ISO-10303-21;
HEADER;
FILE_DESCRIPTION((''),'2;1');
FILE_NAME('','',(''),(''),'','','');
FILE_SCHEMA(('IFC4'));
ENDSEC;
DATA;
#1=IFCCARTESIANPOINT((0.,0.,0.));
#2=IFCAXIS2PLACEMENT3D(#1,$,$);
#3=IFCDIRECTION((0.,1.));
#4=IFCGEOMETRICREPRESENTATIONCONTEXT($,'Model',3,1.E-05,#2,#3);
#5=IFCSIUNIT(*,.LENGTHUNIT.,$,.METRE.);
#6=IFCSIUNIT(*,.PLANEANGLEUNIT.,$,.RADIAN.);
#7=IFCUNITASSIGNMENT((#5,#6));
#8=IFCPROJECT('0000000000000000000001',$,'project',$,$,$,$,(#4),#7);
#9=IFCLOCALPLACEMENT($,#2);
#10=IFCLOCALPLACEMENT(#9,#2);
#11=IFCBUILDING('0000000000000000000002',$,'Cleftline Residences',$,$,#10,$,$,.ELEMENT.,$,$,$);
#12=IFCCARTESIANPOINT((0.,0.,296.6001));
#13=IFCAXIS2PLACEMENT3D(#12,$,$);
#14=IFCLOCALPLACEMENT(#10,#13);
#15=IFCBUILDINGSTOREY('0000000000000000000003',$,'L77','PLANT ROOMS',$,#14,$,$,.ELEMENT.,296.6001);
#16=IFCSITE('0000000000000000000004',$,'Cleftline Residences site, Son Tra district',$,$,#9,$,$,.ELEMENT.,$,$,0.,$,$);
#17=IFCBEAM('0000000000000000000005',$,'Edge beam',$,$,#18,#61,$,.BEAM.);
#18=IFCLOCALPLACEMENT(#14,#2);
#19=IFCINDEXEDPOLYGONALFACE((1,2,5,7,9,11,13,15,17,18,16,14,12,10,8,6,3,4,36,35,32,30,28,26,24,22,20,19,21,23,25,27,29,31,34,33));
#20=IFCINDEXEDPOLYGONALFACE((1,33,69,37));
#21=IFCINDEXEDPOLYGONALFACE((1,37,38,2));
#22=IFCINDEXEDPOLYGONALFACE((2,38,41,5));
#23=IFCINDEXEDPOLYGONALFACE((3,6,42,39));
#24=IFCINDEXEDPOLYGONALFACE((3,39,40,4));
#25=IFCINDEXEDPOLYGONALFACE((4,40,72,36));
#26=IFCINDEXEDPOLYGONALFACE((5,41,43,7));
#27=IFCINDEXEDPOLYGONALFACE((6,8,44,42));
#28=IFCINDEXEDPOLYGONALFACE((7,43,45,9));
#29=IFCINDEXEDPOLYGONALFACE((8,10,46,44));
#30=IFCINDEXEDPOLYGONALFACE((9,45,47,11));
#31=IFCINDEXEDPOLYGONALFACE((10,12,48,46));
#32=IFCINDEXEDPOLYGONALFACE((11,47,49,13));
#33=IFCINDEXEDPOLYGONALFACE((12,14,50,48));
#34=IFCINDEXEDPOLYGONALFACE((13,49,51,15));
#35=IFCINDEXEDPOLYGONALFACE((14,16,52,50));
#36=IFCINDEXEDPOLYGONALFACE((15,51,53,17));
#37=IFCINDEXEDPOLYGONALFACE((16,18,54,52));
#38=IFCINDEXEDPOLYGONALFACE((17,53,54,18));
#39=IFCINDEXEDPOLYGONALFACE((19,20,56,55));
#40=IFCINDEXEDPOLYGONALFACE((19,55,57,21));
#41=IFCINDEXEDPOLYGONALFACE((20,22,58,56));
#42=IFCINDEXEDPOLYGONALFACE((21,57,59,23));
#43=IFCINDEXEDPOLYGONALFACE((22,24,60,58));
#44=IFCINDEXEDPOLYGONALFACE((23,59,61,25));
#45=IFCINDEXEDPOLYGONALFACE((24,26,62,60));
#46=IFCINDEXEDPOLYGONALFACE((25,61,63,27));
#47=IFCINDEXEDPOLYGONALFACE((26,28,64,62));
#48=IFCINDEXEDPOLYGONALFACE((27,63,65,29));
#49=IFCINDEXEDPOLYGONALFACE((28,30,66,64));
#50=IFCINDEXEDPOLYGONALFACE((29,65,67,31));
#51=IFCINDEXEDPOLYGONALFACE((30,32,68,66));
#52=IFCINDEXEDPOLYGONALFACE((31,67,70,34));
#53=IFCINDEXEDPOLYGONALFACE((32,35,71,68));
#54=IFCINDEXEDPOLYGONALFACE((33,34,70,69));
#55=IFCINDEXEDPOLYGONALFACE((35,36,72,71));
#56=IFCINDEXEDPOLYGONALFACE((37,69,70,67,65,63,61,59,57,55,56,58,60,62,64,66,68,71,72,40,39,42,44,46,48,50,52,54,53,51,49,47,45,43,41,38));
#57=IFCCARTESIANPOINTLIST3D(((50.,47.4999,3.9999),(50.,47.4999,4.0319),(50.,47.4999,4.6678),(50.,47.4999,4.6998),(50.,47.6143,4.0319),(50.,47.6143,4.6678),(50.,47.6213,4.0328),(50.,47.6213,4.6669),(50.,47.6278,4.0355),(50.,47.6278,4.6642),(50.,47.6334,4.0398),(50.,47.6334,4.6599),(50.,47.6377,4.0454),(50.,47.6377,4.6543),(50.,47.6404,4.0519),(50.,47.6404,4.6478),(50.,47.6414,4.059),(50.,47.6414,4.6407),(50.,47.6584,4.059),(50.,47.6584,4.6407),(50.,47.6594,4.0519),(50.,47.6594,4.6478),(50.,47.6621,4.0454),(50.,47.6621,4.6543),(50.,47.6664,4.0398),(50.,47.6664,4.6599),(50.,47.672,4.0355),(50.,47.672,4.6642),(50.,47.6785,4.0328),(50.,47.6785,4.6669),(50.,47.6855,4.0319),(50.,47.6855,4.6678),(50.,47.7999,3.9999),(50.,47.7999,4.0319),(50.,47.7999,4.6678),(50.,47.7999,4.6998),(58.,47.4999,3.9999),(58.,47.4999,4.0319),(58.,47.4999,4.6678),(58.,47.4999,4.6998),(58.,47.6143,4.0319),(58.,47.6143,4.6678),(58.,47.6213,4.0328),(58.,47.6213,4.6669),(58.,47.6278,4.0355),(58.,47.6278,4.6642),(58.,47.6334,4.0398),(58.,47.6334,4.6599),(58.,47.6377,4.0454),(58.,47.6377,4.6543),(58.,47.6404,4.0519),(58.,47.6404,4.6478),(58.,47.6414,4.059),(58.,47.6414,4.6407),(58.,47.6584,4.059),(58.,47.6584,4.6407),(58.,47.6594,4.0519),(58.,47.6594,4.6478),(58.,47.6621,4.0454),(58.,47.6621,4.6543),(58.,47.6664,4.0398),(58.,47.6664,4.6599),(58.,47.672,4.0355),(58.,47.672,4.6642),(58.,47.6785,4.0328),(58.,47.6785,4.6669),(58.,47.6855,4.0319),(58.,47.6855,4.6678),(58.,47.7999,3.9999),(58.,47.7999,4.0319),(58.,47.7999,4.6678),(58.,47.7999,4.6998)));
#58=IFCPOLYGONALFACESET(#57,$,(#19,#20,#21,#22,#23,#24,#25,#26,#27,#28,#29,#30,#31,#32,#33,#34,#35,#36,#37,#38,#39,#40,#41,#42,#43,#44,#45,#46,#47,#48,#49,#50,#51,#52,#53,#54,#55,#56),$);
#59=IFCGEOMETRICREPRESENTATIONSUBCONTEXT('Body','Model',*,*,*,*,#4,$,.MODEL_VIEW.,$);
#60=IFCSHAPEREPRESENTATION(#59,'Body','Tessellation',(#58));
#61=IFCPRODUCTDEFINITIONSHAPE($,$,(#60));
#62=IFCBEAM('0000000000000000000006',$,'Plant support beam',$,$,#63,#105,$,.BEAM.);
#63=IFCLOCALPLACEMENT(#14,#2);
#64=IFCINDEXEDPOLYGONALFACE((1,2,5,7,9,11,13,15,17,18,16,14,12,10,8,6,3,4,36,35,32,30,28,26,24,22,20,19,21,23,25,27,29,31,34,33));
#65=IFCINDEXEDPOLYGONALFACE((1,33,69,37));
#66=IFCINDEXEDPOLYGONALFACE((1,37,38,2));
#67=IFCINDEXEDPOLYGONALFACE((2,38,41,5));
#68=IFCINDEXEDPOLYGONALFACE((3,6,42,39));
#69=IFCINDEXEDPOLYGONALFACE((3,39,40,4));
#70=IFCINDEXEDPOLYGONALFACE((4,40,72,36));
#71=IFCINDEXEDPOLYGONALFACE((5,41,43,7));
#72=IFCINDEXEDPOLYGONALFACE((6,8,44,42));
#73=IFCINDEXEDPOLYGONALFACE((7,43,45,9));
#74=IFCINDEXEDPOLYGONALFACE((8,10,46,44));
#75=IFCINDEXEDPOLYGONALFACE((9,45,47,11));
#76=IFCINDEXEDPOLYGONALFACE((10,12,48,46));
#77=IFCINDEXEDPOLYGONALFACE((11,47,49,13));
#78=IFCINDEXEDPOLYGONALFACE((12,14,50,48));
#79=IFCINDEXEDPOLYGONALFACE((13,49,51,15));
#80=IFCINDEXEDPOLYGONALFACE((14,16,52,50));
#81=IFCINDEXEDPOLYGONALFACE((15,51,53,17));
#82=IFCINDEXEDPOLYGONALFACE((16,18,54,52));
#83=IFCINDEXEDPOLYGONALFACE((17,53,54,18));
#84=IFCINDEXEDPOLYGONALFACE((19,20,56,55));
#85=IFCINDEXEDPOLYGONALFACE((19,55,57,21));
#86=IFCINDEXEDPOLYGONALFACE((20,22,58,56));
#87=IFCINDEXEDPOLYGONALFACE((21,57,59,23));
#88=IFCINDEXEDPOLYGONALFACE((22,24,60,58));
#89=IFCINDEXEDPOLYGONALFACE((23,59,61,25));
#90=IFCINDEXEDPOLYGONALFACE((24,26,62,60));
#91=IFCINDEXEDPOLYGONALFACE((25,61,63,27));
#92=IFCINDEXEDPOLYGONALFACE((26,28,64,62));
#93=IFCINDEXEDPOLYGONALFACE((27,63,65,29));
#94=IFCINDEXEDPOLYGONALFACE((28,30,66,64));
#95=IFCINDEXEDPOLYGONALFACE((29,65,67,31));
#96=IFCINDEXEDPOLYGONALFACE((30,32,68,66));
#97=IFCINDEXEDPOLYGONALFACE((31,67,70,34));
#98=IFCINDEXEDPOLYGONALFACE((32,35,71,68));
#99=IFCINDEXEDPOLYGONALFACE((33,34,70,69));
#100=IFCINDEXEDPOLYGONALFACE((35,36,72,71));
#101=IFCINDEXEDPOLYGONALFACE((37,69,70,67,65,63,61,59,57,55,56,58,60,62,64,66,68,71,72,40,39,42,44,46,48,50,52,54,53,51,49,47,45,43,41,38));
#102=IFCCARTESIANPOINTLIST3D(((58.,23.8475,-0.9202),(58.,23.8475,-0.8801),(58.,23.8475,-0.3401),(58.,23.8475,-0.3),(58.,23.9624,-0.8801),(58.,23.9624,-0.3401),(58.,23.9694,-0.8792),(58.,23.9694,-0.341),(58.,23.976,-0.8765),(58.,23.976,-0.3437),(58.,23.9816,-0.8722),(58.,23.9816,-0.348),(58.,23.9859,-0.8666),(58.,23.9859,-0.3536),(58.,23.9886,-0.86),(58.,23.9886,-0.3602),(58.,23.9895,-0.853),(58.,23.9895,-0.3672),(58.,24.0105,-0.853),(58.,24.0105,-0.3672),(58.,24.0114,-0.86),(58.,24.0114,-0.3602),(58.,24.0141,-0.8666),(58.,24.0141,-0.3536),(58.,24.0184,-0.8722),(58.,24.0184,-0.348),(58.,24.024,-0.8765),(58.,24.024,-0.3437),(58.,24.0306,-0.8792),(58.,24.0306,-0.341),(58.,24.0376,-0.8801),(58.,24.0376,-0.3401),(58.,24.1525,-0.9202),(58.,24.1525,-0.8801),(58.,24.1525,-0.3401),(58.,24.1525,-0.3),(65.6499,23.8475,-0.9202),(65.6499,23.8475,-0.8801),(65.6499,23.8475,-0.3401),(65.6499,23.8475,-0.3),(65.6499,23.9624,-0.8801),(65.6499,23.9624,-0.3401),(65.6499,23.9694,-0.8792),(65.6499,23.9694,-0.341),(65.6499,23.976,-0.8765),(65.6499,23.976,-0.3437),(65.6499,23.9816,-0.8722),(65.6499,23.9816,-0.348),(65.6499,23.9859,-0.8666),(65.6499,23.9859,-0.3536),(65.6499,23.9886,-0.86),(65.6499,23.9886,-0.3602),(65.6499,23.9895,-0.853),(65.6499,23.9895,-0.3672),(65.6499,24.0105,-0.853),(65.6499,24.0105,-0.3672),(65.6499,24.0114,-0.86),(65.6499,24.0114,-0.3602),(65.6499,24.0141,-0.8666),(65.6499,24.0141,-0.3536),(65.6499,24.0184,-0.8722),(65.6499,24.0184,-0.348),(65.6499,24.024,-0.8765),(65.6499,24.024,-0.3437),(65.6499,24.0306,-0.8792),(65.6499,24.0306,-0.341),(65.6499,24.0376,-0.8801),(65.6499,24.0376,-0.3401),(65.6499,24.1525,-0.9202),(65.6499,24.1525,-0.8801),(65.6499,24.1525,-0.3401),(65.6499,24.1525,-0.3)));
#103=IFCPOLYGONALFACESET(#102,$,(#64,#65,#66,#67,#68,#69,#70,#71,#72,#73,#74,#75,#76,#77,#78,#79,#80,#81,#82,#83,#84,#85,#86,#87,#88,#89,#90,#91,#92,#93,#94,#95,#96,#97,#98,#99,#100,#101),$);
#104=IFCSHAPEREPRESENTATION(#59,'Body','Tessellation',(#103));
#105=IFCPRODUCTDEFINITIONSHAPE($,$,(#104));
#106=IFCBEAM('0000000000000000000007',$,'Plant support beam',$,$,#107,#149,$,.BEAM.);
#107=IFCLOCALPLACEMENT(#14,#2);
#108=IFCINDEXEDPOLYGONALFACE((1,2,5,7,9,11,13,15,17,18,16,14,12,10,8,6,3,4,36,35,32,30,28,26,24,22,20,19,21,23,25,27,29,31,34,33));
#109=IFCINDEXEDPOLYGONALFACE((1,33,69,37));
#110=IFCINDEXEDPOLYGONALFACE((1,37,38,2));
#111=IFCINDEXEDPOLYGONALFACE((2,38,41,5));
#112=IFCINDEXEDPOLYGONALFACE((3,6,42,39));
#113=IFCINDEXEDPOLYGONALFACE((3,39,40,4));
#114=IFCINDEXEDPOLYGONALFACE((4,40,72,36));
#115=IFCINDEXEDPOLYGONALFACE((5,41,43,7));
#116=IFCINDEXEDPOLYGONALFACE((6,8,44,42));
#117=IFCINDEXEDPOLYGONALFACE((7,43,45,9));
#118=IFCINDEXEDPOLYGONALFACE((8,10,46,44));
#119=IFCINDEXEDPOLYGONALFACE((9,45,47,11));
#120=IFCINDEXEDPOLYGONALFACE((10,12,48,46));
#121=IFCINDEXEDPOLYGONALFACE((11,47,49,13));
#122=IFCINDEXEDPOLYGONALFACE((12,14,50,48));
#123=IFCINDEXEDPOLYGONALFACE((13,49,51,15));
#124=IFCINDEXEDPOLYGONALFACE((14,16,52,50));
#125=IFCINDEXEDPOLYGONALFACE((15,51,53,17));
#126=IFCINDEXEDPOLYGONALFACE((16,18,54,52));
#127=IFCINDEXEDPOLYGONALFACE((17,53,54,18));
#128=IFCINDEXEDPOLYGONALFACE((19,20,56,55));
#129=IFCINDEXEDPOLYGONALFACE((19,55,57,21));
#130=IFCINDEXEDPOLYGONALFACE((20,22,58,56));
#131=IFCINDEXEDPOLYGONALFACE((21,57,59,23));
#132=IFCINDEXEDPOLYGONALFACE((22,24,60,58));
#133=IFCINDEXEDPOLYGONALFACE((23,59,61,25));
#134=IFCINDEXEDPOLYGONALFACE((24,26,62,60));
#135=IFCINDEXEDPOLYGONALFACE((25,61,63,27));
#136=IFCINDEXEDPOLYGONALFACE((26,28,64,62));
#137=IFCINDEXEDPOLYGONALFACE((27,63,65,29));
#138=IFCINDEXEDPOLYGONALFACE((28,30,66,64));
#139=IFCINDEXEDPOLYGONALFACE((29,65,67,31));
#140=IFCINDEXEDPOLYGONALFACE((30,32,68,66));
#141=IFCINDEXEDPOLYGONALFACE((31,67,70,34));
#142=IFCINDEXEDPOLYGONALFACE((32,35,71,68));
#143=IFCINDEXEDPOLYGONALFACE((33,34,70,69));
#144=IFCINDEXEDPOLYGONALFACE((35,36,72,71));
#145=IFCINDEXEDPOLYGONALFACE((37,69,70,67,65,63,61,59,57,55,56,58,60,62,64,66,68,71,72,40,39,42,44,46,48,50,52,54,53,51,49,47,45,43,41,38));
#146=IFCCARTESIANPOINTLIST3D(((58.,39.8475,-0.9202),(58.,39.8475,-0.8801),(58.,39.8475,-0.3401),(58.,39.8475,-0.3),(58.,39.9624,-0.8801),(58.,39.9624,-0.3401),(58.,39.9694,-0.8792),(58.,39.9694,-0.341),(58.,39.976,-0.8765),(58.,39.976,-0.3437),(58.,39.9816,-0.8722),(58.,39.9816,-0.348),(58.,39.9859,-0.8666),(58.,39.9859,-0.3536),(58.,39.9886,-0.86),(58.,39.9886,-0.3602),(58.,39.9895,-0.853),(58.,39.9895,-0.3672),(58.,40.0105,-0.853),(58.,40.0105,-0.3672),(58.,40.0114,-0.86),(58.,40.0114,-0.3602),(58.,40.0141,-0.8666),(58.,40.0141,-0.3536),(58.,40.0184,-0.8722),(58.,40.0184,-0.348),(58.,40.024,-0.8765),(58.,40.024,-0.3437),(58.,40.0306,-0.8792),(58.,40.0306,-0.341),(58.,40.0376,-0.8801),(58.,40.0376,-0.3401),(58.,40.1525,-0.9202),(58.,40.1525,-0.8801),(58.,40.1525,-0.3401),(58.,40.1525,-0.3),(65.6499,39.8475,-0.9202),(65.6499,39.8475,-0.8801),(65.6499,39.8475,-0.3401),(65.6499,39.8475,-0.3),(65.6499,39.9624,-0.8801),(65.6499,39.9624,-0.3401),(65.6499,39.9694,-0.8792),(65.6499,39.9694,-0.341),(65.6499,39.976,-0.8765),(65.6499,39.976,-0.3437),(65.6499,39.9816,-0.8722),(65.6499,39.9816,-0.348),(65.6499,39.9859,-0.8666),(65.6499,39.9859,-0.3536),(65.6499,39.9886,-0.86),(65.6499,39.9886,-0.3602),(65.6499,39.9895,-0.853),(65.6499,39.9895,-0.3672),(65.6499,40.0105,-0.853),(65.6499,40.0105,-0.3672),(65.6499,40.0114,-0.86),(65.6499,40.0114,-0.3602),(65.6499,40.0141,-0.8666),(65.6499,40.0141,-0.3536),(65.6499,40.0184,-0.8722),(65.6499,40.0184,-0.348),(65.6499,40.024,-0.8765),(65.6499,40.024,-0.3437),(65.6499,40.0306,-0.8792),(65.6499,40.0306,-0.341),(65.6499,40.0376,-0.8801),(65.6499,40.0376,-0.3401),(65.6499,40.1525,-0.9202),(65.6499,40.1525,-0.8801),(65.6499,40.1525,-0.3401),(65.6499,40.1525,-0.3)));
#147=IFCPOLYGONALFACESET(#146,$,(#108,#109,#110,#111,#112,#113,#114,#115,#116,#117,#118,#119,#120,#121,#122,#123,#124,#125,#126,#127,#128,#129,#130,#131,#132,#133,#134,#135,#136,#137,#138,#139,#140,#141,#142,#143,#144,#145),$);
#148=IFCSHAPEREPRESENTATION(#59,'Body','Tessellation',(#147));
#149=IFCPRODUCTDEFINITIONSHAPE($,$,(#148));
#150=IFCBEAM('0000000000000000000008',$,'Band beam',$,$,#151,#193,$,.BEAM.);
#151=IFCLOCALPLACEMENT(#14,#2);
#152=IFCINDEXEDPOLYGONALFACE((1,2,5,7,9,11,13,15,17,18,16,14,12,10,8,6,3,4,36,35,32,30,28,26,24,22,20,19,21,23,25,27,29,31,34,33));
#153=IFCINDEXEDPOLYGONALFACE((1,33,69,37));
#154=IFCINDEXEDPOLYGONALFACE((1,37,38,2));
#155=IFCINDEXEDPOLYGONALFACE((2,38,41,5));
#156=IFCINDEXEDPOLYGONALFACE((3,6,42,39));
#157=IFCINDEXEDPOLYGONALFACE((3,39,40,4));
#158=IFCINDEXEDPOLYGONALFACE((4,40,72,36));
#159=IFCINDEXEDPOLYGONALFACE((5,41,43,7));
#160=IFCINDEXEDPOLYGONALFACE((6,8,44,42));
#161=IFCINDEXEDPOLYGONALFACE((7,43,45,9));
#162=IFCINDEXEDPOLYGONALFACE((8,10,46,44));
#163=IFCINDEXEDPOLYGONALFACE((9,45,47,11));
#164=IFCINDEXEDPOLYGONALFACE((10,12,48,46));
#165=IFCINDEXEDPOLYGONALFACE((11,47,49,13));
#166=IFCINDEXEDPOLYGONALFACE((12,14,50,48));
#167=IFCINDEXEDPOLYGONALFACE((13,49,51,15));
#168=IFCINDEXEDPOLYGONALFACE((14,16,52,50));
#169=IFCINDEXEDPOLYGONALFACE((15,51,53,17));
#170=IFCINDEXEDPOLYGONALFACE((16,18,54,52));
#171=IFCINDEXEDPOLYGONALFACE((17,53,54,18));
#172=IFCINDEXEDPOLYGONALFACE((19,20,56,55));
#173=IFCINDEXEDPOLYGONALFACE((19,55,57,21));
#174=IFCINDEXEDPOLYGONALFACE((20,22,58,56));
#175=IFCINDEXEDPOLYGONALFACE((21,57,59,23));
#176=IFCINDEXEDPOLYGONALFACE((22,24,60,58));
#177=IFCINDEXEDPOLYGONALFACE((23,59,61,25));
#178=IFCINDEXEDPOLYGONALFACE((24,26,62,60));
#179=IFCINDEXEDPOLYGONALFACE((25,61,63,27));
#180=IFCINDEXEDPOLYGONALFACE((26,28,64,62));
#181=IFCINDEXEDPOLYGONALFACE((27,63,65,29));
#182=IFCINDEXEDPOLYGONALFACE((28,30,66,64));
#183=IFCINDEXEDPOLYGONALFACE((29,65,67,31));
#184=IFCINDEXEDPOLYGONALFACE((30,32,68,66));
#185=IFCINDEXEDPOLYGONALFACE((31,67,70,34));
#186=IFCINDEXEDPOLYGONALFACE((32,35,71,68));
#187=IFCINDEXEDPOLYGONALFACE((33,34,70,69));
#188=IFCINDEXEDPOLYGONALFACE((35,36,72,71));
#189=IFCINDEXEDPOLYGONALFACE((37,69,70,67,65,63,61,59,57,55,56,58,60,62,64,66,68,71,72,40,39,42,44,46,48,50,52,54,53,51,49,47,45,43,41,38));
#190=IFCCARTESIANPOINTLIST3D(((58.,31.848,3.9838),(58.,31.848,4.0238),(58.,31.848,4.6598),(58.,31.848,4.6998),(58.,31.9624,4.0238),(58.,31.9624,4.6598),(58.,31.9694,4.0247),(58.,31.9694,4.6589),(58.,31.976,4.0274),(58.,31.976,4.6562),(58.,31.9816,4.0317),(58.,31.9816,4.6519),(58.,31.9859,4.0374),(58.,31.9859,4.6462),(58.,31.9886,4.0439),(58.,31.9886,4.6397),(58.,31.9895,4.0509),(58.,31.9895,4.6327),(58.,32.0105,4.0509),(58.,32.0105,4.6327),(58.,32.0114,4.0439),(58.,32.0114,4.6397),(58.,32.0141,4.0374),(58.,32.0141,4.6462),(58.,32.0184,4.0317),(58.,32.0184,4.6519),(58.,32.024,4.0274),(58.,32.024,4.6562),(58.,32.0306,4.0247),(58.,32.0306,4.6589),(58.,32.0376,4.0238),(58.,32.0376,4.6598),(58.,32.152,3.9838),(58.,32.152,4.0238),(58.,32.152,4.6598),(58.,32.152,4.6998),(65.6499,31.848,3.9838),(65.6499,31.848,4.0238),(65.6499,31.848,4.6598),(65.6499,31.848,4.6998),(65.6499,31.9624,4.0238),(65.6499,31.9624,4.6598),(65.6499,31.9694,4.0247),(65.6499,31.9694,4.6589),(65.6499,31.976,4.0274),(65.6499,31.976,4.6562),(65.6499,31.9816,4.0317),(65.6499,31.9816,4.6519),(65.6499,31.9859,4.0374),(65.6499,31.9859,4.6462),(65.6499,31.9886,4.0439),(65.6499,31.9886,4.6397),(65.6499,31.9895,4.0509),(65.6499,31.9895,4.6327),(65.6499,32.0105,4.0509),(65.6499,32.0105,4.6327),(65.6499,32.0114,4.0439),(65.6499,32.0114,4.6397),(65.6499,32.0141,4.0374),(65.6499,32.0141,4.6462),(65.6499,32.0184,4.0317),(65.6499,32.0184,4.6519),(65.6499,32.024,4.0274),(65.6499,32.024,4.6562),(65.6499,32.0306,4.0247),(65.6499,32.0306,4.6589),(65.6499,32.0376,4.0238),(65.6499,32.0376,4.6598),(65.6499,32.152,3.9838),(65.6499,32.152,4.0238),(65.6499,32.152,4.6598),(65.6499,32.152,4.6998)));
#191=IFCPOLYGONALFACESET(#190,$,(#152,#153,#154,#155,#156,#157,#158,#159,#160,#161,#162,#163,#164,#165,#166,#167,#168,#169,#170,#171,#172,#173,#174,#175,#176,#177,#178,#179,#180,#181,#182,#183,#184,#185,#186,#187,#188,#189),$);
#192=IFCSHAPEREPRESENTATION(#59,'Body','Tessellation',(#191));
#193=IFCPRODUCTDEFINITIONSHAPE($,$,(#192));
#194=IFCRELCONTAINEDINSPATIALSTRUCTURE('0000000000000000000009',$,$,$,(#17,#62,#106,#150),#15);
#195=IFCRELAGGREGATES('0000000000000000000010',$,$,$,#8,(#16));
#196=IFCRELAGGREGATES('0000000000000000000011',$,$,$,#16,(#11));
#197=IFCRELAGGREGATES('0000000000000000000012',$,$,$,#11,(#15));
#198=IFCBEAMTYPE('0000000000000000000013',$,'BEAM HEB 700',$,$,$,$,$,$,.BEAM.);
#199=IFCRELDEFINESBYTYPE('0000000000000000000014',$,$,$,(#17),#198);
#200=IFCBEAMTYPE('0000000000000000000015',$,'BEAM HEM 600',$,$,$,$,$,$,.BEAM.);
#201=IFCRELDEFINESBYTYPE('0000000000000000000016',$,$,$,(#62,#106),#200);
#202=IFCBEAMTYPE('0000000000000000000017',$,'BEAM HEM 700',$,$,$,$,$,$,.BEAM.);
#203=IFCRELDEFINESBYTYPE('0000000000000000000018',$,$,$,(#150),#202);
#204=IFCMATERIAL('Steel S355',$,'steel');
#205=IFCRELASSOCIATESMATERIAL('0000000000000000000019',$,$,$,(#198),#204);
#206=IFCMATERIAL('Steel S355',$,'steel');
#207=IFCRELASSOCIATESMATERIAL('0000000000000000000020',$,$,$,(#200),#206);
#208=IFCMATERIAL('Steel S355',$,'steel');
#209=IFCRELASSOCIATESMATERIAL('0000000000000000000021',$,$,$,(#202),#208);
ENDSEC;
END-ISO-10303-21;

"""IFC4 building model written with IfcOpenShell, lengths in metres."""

from ifc_helpers import new_model, si_unit, direction, frame, origin, origin_2d, place, context, subcontext, project, spatial, i_section, extrude, material, material_profile, profile_set, type_object, element, save


model = new_model("IFC4")

# Units and contexts
model_context = context("Model", 3, precision=1e-05, world=origin(), true_north=direction((0.0, 1.0)))
body_context = subcontext(model_context, "Body", "Model", "MODEL_VIEW")
ifc_project = project(units=[si_unit("LENGTHUNIT", "METRE"), si_unit("PLANEANGLEUNIT", "RADIAN")], contexts=[model_context])

# Site, building, storey
site_placement = place(None, origin())
site = spatial("IfcSite", under=ifc_project, at=site_placement, Name="Cleftline Residences site, Son Tra district", CompositionType="ELEMENT", RefElevation=0.0)
building_placement = place(site_placement, origin())
building = spatial("IfcBuilding", under=site, at=building_placement, Name="Cleftline Residences", CompositionType="ELEMENT")
storey_placement = place(building_placement, frame((0.0, 0.0, 296.6001)))
storey = spatial("IfcBuildingStorey", under=building, at=storey_placement, Name="L77", Description="PLANT ROOMS", CompositionType="ELEMENT", Elevation=296.6001)

# Beams
ifc_material_1 = material(Name="Steel S355", Category="steel")
ifc_material_profile_1 = material_profile(ifc_material_1, i_section(OverallWidth=0.3, OverallDepth=0.7, WebThickness=0.0171, FlangeThickness=0.032, FilletRadius=0.0271, at=origin_2d()))
ifc_profile_set_1 = profile_set([ifc_material_profile_1], Name="Steel S355")
beam_type_1 = type_object("IfcBeamType", Name="BEAM HEB 700", PredefinedType="BEAM", material=ifc_profile_set_1)
for number, where, z_axis, x_axis, name in (
    (1, (58.0, 47.6499, 4.3499), (-1.0, 0.0, 0.0), (0.0, -1.0, 0.0), "Edge beam"),
):
    element("IfcBeam", number, at=place(storey_placement, frame(where, z_axis=z_axis, x_axis=x_axis)), inside=storey, type_object=beam_type_1, Name=name, PredefinedType="BEAM", context=body_context, shape_type="SweptSolid", body=[
        extrude(i_section(OverallWidth=0.3, OverallDepth=0.7, WebThickness=0.0171, FlangeThickness=0.032, FilletRadius=0.0271, at=origin_2d()), origin(), (0.0, 0.0, 1.0), 8.0),
    ])
ifc_material_2 = material(Name="Steel S355", Category="steel")
ifc_material_profile_2 = material_profile(ifc_material_2, i_section(OverallWidth=0.3049, OverallDepth=0.6201, WebThickness=0.021, FlangeThickness=0.04, FilletRadius=0.0271, at=origin_2d()))
ifc_profile_set_2 = profile_set([ifc_material_profile_2], Name="Steel S355")
beam_type_2 = type_object("IfcBeamType", Name="BEAM HEM 600", PredefinedType="BEAM", material=ifc_profile_set_2)
for number, where, z_axis, x_axis, name in (
    (2, (58.0, 24.0, -0.6101), (1.0, 0.0, 0.0), (0.0, 1.0, 0.0), "Plant support beam"),
    (3, (58.0, 40.0, -0.6101), (1.0, 0.0, 0.0), (0.0, 1.0, 0.0), "Plant support beam"),
):
    element("IfcBeam", number, at=place(storey_placement, frame(where, z_axis=z_axis, x_axis=x_axis)), inside=storey, type_object=beam_type_2, Name=name, PredefinedType="BEAM", context=body_context, shape_type="SweptSolid", body=[
        extrude(i_section(OverallWidth=0.3049, OverallDepth=0.6201, WebThickness=0.021, FlangeThickness=0.04, FilletRadius=0.0271, at=origin_2d()), origin(), (0.0, 0.0, 1.0), 7.6499),
    ])
ifc_material_3 = material(Name="Steel S355", Category="steel")
ifc_material_profile_3 = material_profile(ifc_material_3, i_section(OverallWidth=0.304, OverallDepth=0.7161, WebThickness=0.021, FlangeThickness=0.04, FilletRadius=0.0271, at=origin_2d()))
ifc_profile_set_3 = profile_set([ifc_material_profile_3], Name="Steel S355")
beam_type_3 = type_object("IfcBeamType", Name="BEAM HEM 700", PredefinedType="BEAM", material=ifc_profile_set_3)
beam_1_placement = place(storey_placement, frame((65.6499, 32.0, 4.3418), z_axis=(-1.0, 0.0, 0.0), x_axis=(0.0, -1.0, 0.0)))
element("IfcBeam", 4, at=beam_1_placement, inside=storey, type_object=beam_type_3, Name="Band beam", PredefinedType="BEAM", context=body_context, shape_type="SweptSolid", body=[
    extrude(i_section(OverallWidth=0.304, OverallDepth=0.7161, WebThickness=0.021, FlangeThickness=0.04, FilletRadius=0.0271, at=origin_2d()), origin(), (0.0, 0.0, 1.0), 7.6499),
])

save(model, "model.ifc")
